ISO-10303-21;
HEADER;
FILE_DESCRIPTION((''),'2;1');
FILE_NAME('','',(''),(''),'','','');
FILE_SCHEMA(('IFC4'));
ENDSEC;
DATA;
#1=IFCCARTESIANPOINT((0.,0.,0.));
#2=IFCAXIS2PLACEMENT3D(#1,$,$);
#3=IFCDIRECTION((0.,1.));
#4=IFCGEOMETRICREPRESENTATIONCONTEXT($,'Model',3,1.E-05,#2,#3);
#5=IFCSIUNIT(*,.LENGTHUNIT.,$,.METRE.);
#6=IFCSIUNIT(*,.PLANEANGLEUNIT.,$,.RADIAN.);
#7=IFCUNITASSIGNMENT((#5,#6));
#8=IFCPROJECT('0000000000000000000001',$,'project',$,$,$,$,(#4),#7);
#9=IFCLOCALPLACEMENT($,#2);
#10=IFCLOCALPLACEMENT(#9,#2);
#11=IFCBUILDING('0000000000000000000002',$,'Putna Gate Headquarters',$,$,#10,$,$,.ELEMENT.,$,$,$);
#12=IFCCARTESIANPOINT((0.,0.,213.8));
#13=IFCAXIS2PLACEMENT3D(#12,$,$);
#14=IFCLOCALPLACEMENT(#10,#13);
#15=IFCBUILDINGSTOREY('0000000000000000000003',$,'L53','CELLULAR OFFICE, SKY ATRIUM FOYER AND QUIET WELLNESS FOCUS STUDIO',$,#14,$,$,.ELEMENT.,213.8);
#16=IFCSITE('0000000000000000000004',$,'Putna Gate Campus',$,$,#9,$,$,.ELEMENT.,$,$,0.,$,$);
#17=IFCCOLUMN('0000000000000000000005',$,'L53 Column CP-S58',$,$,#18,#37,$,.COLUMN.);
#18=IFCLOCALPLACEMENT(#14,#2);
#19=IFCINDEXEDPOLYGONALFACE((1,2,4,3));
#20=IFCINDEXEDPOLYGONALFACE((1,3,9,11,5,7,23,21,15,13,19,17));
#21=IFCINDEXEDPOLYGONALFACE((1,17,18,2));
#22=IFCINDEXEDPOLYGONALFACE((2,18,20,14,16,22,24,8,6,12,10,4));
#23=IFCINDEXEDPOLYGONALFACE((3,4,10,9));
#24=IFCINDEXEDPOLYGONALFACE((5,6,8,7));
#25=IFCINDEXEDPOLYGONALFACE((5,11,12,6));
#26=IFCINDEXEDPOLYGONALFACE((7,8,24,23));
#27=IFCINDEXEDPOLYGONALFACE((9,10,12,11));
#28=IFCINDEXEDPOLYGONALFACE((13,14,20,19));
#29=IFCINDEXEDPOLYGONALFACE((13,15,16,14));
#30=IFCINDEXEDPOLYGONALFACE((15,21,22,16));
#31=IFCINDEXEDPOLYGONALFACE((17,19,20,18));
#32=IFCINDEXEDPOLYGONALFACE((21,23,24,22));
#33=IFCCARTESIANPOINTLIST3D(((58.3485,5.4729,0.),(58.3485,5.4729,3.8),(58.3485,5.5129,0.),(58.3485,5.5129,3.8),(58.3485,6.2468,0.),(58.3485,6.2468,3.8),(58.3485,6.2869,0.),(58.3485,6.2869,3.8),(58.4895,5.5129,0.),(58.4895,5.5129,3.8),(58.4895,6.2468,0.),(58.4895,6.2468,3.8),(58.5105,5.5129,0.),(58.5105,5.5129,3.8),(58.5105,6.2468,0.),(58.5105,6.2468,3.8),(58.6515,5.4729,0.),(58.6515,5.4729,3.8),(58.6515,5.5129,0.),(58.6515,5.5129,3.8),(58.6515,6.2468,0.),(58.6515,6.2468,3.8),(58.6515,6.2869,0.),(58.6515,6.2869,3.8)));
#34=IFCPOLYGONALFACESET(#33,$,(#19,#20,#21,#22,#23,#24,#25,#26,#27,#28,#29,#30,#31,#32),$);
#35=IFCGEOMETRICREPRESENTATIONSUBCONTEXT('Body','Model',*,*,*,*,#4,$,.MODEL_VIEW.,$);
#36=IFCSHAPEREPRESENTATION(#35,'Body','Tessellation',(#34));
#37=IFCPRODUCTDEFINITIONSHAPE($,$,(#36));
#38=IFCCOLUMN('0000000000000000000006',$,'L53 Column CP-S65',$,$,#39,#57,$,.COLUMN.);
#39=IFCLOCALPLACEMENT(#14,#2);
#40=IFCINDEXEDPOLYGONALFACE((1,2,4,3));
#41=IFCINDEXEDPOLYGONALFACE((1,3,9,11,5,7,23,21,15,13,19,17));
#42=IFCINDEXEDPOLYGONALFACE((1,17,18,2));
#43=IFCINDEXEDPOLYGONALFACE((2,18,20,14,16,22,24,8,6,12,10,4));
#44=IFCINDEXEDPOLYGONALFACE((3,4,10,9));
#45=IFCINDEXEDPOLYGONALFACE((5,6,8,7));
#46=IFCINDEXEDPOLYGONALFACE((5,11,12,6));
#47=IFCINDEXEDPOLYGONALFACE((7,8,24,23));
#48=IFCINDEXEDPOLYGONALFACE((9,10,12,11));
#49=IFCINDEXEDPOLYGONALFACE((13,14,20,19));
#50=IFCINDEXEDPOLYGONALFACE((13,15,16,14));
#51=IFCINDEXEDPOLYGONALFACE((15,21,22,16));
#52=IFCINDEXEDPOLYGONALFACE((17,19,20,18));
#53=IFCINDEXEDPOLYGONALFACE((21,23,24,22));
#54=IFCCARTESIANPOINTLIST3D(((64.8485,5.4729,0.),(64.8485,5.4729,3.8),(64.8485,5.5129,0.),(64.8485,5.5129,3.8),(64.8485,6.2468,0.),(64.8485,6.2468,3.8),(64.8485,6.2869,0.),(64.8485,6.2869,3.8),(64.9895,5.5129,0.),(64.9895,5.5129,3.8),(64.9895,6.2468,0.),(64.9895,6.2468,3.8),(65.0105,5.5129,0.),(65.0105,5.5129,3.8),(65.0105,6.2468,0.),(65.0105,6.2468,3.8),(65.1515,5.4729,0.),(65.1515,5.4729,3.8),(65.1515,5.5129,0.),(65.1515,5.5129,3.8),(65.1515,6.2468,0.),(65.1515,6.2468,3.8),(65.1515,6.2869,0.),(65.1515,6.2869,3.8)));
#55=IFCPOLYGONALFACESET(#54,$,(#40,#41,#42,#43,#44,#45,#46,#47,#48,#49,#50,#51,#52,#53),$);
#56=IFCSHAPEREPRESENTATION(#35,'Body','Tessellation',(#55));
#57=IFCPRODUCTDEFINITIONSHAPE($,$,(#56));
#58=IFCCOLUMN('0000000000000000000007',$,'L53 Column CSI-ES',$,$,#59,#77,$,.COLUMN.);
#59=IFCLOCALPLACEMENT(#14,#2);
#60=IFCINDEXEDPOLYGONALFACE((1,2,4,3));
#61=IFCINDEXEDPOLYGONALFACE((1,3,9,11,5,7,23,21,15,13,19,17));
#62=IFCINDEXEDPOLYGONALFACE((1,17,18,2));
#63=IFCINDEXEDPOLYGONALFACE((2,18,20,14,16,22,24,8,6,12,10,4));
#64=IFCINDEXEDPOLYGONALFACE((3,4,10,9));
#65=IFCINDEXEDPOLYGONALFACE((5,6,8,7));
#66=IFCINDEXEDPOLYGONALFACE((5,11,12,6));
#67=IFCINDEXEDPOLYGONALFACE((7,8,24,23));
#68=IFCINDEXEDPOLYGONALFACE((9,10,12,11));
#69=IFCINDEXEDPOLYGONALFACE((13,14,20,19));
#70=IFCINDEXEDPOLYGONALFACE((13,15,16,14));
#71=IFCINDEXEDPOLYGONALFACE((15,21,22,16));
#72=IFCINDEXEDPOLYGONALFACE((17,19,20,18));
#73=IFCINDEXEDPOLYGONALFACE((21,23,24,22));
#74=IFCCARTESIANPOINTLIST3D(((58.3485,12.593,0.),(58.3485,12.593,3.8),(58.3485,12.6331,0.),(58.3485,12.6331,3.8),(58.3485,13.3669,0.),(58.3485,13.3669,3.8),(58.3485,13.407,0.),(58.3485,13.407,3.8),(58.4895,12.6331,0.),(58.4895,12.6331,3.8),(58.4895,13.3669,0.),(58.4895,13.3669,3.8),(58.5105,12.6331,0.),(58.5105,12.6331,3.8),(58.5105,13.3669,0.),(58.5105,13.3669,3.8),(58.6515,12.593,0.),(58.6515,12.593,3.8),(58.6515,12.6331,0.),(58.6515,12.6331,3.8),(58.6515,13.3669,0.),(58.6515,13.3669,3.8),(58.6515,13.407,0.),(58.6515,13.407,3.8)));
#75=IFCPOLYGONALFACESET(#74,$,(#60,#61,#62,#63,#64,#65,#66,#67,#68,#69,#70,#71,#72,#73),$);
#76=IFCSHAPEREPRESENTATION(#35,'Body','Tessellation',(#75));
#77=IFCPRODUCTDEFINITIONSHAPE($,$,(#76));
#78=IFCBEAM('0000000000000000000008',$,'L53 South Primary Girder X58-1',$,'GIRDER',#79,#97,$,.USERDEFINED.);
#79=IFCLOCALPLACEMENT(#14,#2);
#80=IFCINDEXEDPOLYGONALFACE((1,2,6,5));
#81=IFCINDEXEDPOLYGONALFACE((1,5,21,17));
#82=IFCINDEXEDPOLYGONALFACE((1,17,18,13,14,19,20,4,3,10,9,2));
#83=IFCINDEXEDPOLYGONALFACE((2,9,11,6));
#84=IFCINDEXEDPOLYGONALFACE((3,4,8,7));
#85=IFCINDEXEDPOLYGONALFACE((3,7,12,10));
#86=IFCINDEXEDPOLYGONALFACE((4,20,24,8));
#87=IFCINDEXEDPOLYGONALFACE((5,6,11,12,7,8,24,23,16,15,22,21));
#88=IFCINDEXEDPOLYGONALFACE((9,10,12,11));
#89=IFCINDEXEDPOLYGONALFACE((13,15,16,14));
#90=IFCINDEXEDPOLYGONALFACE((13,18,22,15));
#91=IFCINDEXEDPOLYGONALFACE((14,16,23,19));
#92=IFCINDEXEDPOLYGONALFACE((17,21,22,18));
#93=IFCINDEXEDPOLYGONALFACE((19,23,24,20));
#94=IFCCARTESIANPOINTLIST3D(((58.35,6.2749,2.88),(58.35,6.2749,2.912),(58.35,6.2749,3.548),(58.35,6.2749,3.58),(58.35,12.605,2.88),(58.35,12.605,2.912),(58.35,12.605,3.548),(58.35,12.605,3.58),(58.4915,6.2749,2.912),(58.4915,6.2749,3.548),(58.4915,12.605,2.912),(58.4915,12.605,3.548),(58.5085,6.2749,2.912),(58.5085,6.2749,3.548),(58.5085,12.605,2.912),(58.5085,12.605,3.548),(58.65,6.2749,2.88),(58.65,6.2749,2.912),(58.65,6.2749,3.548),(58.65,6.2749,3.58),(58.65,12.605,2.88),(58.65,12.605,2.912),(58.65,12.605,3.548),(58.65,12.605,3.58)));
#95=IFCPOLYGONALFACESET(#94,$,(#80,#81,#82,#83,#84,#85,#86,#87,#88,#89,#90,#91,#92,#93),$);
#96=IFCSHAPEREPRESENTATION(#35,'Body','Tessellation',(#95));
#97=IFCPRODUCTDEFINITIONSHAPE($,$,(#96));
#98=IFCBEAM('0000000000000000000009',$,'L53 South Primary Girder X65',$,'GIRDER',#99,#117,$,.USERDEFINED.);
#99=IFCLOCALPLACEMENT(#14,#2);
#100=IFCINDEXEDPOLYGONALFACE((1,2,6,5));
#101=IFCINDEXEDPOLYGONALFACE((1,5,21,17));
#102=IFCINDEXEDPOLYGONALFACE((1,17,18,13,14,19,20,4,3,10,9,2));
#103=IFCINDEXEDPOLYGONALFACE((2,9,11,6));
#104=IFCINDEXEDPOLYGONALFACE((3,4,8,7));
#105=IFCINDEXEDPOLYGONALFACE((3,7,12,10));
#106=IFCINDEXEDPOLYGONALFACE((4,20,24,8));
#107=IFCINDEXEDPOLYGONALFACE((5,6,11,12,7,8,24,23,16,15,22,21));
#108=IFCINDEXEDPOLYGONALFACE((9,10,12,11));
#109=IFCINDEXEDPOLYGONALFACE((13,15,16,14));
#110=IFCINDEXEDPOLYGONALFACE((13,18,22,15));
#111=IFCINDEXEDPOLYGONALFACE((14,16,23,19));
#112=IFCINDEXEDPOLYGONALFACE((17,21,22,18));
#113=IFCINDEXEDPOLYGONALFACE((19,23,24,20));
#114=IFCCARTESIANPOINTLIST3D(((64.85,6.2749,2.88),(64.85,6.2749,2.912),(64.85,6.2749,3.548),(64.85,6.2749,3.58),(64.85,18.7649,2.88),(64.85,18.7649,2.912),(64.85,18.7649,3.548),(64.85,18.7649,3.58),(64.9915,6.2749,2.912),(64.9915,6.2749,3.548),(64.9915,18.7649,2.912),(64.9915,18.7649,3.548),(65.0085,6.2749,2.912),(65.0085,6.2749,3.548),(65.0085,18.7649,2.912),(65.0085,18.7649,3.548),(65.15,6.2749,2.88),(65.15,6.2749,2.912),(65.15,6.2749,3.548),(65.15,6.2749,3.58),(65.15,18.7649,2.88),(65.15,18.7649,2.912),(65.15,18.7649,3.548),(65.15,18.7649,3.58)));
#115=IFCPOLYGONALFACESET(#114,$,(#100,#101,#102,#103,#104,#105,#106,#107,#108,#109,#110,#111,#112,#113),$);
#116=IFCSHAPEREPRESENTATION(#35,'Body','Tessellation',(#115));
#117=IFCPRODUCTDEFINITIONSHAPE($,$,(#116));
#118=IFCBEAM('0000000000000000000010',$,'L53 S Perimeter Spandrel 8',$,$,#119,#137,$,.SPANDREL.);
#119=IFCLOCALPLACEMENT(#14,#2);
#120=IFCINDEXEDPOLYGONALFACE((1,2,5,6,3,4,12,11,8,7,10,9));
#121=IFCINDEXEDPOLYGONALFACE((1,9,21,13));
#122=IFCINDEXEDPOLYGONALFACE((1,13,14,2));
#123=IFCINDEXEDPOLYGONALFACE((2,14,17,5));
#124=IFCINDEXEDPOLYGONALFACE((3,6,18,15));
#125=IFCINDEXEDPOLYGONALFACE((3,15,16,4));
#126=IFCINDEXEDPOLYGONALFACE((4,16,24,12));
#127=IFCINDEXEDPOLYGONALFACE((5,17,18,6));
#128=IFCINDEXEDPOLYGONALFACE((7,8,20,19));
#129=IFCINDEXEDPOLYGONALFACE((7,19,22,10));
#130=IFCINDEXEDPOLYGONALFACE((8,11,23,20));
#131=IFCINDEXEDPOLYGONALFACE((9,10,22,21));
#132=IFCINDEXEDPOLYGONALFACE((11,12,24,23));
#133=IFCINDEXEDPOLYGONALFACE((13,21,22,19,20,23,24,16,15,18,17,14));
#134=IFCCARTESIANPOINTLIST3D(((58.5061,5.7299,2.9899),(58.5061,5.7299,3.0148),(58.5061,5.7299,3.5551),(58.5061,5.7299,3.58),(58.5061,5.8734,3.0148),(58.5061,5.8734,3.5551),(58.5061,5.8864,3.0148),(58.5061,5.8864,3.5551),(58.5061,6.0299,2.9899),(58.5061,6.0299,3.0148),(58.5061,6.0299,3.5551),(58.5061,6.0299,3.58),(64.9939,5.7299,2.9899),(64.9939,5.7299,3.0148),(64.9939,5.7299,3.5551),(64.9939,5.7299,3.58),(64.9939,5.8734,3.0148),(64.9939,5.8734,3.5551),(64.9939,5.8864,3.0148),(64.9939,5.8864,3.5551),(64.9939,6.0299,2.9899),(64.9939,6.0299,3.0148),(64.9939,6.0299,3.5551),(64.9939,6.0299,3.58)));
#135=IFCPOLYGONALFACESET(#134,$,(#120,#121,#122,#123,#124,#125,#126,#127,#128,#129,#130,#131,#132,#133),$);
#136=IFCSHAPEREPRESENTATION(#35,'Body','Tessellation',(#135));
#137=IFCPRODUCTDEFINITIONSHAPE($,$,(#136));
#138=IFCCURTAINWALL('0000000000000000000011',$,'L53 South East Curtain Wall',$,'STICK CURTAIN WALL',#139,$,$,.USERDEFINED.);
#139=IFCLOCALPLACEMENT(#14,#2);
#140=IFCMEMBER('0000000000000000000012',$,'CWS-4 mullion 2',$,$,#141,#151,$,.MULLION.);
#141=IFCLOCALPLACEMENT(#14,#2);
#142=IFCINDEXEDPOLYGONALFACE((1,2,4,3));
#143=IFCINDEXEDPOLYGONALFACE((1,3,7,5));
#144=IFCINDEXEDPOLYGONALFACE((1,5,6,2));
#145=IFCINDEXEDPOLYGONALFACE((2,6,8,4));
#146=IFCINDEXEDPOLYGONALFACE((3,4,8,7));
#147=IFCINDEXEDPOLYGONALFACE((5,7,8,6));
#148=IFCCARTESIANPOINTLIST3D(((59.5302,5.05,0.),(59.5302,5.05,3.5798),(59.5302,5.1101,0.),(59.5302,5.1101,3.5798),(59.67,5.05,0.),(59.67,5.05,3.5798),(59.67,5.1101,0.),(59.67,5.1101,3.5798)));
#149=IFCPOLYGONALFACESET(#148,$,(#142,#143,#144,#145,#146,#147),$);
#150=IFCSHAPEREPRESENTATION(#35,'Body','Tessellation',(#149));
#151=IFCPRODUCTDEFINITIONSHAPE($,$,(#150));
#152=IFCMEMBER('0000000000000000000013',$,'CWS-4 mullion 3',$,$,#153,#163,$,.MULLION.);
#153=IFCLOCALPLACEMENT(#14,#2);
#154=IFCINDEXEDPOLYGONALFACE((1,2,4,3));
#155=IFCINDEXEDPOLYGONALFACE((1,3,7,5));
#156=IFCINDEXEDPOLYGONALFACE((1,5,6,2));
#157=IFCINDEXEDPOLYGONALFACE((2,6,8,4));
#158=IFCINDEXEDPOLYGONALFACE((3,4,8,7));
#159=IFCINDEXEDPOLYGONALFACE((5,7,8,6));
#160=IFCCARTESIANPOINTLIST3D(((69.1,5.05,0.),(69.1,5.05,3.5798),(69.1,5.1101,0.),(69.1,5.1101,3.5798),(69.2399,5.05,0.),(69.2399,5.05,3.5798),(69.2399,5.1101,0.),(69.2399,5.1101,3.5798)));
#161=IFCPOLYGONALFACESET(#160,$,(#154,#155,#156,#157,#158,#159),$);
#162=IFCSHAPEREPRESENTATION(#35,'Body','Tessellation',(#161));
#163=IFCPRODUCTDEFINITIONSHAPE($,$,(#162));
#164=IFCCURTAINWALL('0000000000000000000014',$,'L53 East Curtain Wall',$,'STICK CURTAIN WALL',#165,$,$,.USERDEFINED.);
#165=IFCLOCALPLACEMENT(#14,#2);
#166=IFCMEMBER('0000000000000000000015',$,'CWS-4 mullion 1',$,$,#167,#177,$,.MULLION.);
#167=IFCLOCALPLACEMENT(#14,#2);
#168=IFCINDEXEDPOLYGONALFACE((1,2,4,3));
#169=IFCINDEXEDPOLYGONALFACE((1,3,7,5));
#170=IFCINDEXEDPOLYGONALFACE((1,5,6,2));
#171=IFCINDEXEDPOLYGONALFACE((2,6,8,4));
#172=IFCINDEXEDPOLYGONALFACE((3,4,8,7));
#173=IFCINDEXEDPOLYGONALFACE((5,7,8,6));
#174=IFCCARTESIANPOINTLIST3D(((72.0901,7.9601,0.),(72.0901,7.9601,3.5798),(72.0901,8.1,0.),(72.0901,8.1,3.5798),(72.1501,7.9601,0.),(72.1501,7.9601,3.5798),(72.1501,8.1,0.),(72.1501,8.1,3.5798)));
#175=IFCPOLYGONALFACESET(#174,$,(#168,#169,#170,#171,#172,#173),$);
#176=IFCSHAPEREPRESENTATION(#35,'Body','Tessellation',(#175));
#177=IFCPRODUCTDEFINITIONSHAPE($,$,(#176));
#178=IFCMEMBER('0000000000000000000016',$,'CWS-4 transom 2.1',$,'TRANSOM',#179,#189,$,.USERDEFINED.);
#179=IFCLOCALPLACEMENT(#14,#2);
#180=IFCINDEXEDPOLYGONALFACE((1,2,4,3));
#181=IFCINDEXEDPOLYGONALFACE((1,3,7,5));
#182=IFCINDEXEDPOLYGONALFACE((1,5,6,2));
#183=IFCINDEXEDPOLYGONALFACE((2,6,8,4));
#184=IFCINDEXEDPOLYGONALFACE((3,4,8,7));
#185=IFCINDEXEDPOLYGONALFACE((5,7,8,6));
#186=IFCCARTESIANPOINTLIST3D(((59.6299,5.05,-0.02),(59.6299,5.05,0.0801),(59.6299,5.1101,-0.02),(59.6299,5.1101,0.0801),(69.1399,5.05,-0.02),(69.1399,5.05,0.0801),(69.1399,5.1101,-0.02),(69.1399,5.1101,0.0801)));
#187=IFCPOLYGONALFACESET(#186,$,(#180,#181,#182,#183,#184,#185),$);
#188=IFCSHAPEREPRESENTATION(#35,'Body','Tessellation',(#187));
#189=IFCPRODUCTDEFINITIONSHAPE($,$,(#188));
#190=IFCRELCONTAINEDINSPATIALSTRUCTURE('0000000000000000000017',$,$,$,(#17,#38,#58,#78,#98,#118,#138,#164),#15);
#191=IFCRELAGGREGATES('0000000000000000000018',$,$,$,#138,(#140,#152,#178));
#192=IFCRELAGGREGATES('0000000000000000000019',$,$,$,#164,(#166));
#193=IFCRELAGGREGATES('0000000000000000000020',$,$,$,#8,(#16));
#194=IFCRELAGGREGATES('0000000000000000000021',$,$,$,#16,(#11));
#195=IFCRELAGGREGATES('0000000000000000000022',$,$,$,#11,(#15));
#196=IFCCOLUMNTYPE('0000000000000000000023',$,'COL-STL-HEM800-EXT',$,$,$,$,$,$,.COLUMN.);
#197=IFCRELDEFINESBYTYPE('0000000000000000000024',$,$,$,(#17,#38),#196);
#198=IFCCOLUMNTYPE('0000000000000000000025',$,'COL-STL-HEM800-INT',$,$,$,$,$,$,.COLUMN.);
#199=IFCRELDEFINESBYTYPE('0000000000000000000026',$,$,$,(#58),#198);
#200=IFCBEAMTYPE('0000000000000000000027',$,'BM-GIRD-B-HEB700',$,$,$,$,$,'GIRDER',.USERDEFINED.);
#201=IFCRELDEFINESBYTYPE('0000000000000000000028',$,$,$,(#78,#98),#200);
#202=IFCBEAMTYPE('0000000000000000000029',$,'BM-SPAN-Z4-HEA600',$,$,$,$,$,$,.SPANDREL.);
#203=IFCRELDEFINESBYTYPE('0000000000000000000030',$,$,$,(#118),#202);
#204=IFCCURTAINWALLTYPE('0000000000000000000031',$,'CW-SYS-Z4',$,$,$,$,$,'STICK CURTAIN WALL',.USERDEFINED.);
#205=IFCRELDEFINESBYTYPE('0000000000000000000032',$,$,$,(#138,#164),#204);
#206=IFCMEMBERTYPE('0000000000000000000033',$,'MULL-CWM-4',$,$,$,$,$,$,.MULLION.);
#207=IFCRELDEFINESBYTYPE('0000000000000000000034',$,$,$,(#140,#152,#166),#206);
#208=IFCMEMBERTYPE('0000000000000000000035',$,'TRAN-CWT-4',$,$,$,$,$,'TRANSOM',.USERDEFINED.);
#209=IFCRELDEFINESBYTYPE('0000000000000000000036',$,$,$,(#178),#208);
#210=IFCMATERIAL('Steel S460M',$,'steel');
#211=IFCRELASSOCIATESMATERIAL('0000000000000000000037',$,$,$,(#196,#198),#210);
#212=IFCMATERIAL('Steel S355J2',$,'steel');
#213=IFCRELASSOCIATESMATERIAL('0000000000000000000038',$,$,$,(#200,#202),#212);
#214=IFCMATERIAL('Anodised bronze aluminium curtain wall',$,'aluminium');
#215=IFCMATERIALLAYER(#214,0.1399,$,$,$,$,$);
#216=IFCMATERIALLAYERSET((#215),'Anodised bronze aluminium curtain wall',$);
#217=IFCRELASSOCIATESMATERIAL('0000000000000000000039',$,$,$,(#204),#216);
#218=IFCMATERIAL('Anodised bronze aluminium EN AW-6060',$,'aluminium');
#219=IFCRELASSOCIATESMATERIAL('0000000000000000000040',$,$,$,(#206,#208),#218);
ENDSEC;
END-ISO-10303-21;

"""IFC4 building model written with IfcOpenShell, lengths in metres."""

from ifc_helpers import new_model, si_unit, direction, frame, origin, origin_2d, place, context, subcontext, project, spatial, rectangle, i_section, extrude, material, layer, layer_set, material_profile, profile_set, type_object, element, aggregate, save


model = new_model("IFC4")

# Units and contexts
model_context = context("Model", 3, precision=1e-05, world=origin(), true_north=direction((0.0, 1.0)))
body_context = subcontext(model_context, "Body", "Model", "MODEL_VIEW")
ifc_project = project(units=[si_unit("LENGTHUNIT", "METRE"), si_unit("PLANEANGLEUNIT", "RADIAN")], contexts=[model_context])

# Site, building, storey
site_placement = place(None, origin())
site = spatial("IfcSite", under=ifc_project, at=site_placement, Name="Putna Gate Campus", CompositionType="ELEMENT", RefElevation=0.0)
building_placement = place(site_placement, origin())
building = spatial("IfcBuilding", under=site, at=building_placement, Name="Putna Gate Headquarters", CompositionType="ELEMENT")
storey_placement = place(building_placement, frame((0.0, 0.0, 213.8)))
storey = spatial("IfcBuildingStorey", under=building, at=storey_placement, Name="L53", Description="CELLULAR OFFICE, SKY ATRIUM FOYER AND QUIET WELLNESS FOCUS STUDIO", CompositionType="ELEMENT", Elevation=213.8)

# Columns
ifc_material_1 = material(Name="Steel S460M", Category="steel")
ifc_material_profile_1 = material_profile(ifc_material_1, i_section(OverallWidth=0.303, OverallDepth=0.814, WebThickness=0.021, FlangeThickness=0.04, at=origin_2d()), Name="Steel S460M")
ifc_profile_set_1 = profile_set([ifc_material_profile_1], Name="Steel S460M")
column_type_1 = type_object("IfcColumnType", Name="COL-STL-HEM800-EXT", PredefinedType="COLUMN", material=ifc_profile_set_1)
for number, where, z_axis, x_axis, name in (
    (1, (58.5, 5.8799, 0.0), (0.0, 0.0, 1.0), (1.0, 0.0, 0.0), "L53 Column CP-S58"),
    (2, (65.0, 5.8799, 0.0), (0.0, 0.0, 1.0), (1.0, 0.0, 0.0), "L53 Column CP-S65"),
):
    element("IfcColumn", number, at=place(storey_placement, frame(where, z_axis=z_axis, x_axis=x_axis)), inside=storey, type_object=column_type_1, Name=name, PredefinedType="COLUMN", context=body_context, shape_type="SweptSolid", body=[
        extrude(i_section(OverallWidth=0.303, OverallDepth=0.814, WebThickness=0.021, FlangeThickness=0.04, at=origin_2d()), origin(), (0.0, 0.0, 1.0), 3.8),
    ])
ifc_material_profile_2 = material_profile(ifc_material_1, i_section(OverallWidth=0.303, OverallDepth=0.814, WebThickness=0.021, FlangeThickness=0.04, at=origin_2d()), Name="Steel S460M")
ifc_profile_set_2 = profile_set([ifc_material_profile_2], Name="Steel S460M")
column_type_2 = type_object("IfcColumnType", Name="COL-STL-HEM800-INT", PredefinedType="COLUMN", material=ifc_profile_set_2)
column_placement = place(storey_placement, frame((58.5, 13.0, 0.0), z_axis=(0.0, 0.0, 1.0), x_axis=(1.0, 0.0, 0.0)))
element("IfcColumn", 3, at=column_placement, inside=storey, type_object=column_type_2, Name="L53 Column CSI-ES", PredefinedType="COLUMN", context=body_context, shape_type="SweptSolid", body=[
    extrude(i_section(OverallWidth=0.303, OverallDepth=0.814, WebThickness=0.021, FlangeThickness=0.04, at=origin_2d()), origin(), (0.0, 0.0, 1.0), 3.8),
])

# Beams
ifc_material_2 = material(Name="Steel S355J2", Category="steel")
ifc_material_profile_3 = material_profile(ifc_material_2, i_section(OverallWidth=0.3, OverallDepth=0.7, WebThickness=0.0171, FlangeThickness=0.032, at=origin_2d()), Name="Steel S355J2")
ifc_profile_set_3 = profile_set([ifc_material_profile_3], Name="Steel S355J2")
beam_type_1 = type_object("IfcBeamType", Name="BM-GIRD-B-HEB700", ElementType="GIRDER", PredefinedType="USERDEFINED", material=ifc_profile_set_3)
beam_1_placement = place(storey_placement, frame((58.5, 6.2749, 3.23), z_axis=(0.0, 1.0, 0.0), x_axis=(-1.0, 0.0, 0.0)))
element("IfcBeam", 4, at=beam_1_placement, inside=storey, type_object=beam_type_1, Name="L53 South Primary Girder X58-1", ObjectType="GIRDER", PredefinedType="USERDEFINED", context=body_context, shape_type="SweptSolid", body=[
    extrude(i_section(OverallWidth=0.3, OverallDepth=0.7, WebThickness=0.0171, FlangeThickness=0.032, at=origin_2d()), origin(), (0.0, 0.0, 1.0), 6.3301),
])
beam_2_placement = place(storey_placement, frame((65.0, 6.2749, 3.23), z_axis=(0.0, 1.0, 0.0), x_axis=(-1.0, 0.0, 0.0)))
element("IfcBeam", 5, at=beam_2_placement, inside=storey, type_object=beam_type_1, Name="L53 South Primary Girder X65", ObjectType="GIRDER", PredefinedType="USERDEFINED", context=body_context, shape_type="SweptSolid", body=[
    extrude(i_section(OverallWidth=0.3, OverallDepth=0.7, WebThickness=0.0171, FlangeThickness=0.032, at=origin_2d()), origin(), (0.0, 0.0, 1.0), 12.49),
])
ifc_material_profile_4 = material_profile(ifc_material_2, i_section(OverallWidth=0.3, OverallDepth=0.5901, WebThickness=0.0129, FlangeThickness=0.0249, at=origin_2d()), Name="Steel S355J2")
ifc_profile_set_4 = profile_set([ifc_material_profile_4], Name="Steel S355J2")
beam_type_2 = type_object("IfcBeamType", Name="BM-SPAN-Z4-HEA600", PredefinedType="SPANDREL", material=ifc_profile_set_4)
beam_3_placement = place(storey_placement, frame((58.5061, 5.8799, 3.2849), z_axis=(1.0, 0.0, 0.0), x_axis=(0.0, 1.0, 0.0)))
element("IfcBeam", 6, at=beam_3_placement, inside=storey, type_object=beam_type_2, Name="L53 S Perimeter Spandrel 8", PredefinedType="SPANDREL", context=body_context, shape_type="SweptSolid", body=[
    extrude(i_section(OverallWidth=0.3, OverallDepth=0.5901, WebThickness=0.0129, FlangeThickness=0.0249, at=origin_2d()), origin(), (0.0, 0.0, 1.0), 6.4878),
])

# Curtain wall, members
ifc_material_3 = material(Name="Anodised bronze aluminium curtain wall", Category="aluminium")
ifc_layer_1 = layer(ifc_material_3, 0.1399)
ifc_layer_set_1 = layer_set([ifc_layer_1], Name="Anodised bronze aluminium curtain wall")
curtain_wall_type = type_object("IfcCurtainWallType", Name="CW-SYS-Z4", ElementType="STICK CURTAIN WALL", PredefinedType="USERDEFINED", material=ifc_layer_set_1)
curtain_wall_1_placement = place(storey_placement, origin())
curtain_wall_1 = element("IfcCurtainWall", 7, at=curtain_wall_1_placement, inside=storey, type_object=curtain_wall_type, Name="L53 South East Curtain Wall", ObjectType="STICK CURTAIN WALL", PredefinedType="USERDEFINED")
ifc_material_4 = material(Name="Anodised bronze aluminium EN AW-6060", Category="aluminium")
ifc_material_profile_5 = material_profile(ifc_material_4, rectangle(XDim=0.0601, YDim=0.1399, at=origin_2d()), Name="Anodised bronze aluminium EN AW-6060")
ifc_profile_set_5 = profile_set([ifc_material_profile_5], Name="Anodised bronze aluminium EN AW-6060")
member_type_1 = type_object("IfcMemberType", Name="MULL-CWM-4", PredefinedType="MULLION", material=ifc_profile_set_5)
member_1_placement = place(storey_placement, frame((59.6001, 5.0801, 0.0), z_axis=(0.0, 0.0, 1.0), x_axis=(0.0, 1.0, 0.0)))
member_1 = element("IfcMember", 8, at=member_1_placement, type_object=member_type_1, Name="CWS-4 mullion 2", PredefinedType="MULLION", context=body_context, shape_type="SweptSolid", body=[
    extrude(rectangle(XDim=0.0601, YDim=0.1399, at=origin_2d()), origin(), (0.0, 0.0, 1.0), 3.5798),
])
member_2_placement = place(storey_placement, frame((69.1699, 5.0801, 0.0), z_axis=(0.0, 0.0, 1.0), x_axis=(0.0, 1.0, 0.0)))
member_2 = element("IfcMember", 9, at=member_2_placement, type_object=member_type_1, Name="CWS-4 mullion 3", PredefinedType="MULLION", context=body_context, shape_type="SweptSolid", body=[
    extrude(rectangle(XDim=0.0601, YDim=0.1399, at=origin_2d()), origin(), (0.0, 0.0, 1.0), 3.5798),
])

# Curtain wall, member
curtain_wall_2_placement = place(storey_placement, origin())
curtain_wall_2 = element("IfcCurtainWall", 10, at=curtain_wall_2_placement, inside=storey, type_object=curtain_wall_type, Name="L53 East Curtain Wall", ObjectType="STICK CURTAIN WALL", PredefinedType="USERDEFINED")
member_3_placement = place(storey_placement, frame((72.1201, 8.03, 0.0), z_axis=(0.0, 0.0, 1.0), x_axis=(-1.0, 0.0, 0.0)))
member_3 = element("IfcMember", 11, at=member_3_placement, type_object=member_type_1, Name="CWS-4 mullion 1", PredefinedType="MULLION", context=body_context, shape_type="SweptSolid", body=[
    extrude(rectangle(XDim=0.0601, YDim=0.1399, at=origin_2d()), origin(), (0.0, 0.0, 1.0), 3.5798),
])

# Member
ifc_material_profile_6 = material_profile(ifc_material_4, rectangle(XDim=0.0601, YDim=0.1001, at=origin_2d()), Name="Anodised bronze aluminium EN AW-6060")
ifc_profile_set_6 = profile_set([ifc_material_profile_6], Name="Anodised bronze aluminium EN AW-6060")
member_type_2 = type_object("IfcMemberType", Name="TRAN-CWT-4", ElementType="TRANSOM", PredefinedType="USERDEFINED", material=ifc_profile_set_6)
member_4_placement = place(storey_placement, frame((59.6299, 5.0801, 0.03), z_axis=(1.0, 0.0, 0.0), x_axis=(0.0, 1.0, 0.0)))
member_4 = element("IfcMember", 12, at=member_4_placement, type_object=member_type_2, Name="CWS-4 transom 2.1", ObjectType="TRANSOM", PredefinedType="USERDEFINED", context=body_context, shape_type="SweptSolid", body=[
    extrude(rectangle(XDim=0.0601, YDim=0.1001, at=origin_2d()), origin(), (0.0, 0.0, 1.0), 9.51),
])

aggregate(curtain_wall_1, [member_1, member_2, member_4])
aggregate(curtain_wall_2, [member_3])

save(model, "model.ifc")
